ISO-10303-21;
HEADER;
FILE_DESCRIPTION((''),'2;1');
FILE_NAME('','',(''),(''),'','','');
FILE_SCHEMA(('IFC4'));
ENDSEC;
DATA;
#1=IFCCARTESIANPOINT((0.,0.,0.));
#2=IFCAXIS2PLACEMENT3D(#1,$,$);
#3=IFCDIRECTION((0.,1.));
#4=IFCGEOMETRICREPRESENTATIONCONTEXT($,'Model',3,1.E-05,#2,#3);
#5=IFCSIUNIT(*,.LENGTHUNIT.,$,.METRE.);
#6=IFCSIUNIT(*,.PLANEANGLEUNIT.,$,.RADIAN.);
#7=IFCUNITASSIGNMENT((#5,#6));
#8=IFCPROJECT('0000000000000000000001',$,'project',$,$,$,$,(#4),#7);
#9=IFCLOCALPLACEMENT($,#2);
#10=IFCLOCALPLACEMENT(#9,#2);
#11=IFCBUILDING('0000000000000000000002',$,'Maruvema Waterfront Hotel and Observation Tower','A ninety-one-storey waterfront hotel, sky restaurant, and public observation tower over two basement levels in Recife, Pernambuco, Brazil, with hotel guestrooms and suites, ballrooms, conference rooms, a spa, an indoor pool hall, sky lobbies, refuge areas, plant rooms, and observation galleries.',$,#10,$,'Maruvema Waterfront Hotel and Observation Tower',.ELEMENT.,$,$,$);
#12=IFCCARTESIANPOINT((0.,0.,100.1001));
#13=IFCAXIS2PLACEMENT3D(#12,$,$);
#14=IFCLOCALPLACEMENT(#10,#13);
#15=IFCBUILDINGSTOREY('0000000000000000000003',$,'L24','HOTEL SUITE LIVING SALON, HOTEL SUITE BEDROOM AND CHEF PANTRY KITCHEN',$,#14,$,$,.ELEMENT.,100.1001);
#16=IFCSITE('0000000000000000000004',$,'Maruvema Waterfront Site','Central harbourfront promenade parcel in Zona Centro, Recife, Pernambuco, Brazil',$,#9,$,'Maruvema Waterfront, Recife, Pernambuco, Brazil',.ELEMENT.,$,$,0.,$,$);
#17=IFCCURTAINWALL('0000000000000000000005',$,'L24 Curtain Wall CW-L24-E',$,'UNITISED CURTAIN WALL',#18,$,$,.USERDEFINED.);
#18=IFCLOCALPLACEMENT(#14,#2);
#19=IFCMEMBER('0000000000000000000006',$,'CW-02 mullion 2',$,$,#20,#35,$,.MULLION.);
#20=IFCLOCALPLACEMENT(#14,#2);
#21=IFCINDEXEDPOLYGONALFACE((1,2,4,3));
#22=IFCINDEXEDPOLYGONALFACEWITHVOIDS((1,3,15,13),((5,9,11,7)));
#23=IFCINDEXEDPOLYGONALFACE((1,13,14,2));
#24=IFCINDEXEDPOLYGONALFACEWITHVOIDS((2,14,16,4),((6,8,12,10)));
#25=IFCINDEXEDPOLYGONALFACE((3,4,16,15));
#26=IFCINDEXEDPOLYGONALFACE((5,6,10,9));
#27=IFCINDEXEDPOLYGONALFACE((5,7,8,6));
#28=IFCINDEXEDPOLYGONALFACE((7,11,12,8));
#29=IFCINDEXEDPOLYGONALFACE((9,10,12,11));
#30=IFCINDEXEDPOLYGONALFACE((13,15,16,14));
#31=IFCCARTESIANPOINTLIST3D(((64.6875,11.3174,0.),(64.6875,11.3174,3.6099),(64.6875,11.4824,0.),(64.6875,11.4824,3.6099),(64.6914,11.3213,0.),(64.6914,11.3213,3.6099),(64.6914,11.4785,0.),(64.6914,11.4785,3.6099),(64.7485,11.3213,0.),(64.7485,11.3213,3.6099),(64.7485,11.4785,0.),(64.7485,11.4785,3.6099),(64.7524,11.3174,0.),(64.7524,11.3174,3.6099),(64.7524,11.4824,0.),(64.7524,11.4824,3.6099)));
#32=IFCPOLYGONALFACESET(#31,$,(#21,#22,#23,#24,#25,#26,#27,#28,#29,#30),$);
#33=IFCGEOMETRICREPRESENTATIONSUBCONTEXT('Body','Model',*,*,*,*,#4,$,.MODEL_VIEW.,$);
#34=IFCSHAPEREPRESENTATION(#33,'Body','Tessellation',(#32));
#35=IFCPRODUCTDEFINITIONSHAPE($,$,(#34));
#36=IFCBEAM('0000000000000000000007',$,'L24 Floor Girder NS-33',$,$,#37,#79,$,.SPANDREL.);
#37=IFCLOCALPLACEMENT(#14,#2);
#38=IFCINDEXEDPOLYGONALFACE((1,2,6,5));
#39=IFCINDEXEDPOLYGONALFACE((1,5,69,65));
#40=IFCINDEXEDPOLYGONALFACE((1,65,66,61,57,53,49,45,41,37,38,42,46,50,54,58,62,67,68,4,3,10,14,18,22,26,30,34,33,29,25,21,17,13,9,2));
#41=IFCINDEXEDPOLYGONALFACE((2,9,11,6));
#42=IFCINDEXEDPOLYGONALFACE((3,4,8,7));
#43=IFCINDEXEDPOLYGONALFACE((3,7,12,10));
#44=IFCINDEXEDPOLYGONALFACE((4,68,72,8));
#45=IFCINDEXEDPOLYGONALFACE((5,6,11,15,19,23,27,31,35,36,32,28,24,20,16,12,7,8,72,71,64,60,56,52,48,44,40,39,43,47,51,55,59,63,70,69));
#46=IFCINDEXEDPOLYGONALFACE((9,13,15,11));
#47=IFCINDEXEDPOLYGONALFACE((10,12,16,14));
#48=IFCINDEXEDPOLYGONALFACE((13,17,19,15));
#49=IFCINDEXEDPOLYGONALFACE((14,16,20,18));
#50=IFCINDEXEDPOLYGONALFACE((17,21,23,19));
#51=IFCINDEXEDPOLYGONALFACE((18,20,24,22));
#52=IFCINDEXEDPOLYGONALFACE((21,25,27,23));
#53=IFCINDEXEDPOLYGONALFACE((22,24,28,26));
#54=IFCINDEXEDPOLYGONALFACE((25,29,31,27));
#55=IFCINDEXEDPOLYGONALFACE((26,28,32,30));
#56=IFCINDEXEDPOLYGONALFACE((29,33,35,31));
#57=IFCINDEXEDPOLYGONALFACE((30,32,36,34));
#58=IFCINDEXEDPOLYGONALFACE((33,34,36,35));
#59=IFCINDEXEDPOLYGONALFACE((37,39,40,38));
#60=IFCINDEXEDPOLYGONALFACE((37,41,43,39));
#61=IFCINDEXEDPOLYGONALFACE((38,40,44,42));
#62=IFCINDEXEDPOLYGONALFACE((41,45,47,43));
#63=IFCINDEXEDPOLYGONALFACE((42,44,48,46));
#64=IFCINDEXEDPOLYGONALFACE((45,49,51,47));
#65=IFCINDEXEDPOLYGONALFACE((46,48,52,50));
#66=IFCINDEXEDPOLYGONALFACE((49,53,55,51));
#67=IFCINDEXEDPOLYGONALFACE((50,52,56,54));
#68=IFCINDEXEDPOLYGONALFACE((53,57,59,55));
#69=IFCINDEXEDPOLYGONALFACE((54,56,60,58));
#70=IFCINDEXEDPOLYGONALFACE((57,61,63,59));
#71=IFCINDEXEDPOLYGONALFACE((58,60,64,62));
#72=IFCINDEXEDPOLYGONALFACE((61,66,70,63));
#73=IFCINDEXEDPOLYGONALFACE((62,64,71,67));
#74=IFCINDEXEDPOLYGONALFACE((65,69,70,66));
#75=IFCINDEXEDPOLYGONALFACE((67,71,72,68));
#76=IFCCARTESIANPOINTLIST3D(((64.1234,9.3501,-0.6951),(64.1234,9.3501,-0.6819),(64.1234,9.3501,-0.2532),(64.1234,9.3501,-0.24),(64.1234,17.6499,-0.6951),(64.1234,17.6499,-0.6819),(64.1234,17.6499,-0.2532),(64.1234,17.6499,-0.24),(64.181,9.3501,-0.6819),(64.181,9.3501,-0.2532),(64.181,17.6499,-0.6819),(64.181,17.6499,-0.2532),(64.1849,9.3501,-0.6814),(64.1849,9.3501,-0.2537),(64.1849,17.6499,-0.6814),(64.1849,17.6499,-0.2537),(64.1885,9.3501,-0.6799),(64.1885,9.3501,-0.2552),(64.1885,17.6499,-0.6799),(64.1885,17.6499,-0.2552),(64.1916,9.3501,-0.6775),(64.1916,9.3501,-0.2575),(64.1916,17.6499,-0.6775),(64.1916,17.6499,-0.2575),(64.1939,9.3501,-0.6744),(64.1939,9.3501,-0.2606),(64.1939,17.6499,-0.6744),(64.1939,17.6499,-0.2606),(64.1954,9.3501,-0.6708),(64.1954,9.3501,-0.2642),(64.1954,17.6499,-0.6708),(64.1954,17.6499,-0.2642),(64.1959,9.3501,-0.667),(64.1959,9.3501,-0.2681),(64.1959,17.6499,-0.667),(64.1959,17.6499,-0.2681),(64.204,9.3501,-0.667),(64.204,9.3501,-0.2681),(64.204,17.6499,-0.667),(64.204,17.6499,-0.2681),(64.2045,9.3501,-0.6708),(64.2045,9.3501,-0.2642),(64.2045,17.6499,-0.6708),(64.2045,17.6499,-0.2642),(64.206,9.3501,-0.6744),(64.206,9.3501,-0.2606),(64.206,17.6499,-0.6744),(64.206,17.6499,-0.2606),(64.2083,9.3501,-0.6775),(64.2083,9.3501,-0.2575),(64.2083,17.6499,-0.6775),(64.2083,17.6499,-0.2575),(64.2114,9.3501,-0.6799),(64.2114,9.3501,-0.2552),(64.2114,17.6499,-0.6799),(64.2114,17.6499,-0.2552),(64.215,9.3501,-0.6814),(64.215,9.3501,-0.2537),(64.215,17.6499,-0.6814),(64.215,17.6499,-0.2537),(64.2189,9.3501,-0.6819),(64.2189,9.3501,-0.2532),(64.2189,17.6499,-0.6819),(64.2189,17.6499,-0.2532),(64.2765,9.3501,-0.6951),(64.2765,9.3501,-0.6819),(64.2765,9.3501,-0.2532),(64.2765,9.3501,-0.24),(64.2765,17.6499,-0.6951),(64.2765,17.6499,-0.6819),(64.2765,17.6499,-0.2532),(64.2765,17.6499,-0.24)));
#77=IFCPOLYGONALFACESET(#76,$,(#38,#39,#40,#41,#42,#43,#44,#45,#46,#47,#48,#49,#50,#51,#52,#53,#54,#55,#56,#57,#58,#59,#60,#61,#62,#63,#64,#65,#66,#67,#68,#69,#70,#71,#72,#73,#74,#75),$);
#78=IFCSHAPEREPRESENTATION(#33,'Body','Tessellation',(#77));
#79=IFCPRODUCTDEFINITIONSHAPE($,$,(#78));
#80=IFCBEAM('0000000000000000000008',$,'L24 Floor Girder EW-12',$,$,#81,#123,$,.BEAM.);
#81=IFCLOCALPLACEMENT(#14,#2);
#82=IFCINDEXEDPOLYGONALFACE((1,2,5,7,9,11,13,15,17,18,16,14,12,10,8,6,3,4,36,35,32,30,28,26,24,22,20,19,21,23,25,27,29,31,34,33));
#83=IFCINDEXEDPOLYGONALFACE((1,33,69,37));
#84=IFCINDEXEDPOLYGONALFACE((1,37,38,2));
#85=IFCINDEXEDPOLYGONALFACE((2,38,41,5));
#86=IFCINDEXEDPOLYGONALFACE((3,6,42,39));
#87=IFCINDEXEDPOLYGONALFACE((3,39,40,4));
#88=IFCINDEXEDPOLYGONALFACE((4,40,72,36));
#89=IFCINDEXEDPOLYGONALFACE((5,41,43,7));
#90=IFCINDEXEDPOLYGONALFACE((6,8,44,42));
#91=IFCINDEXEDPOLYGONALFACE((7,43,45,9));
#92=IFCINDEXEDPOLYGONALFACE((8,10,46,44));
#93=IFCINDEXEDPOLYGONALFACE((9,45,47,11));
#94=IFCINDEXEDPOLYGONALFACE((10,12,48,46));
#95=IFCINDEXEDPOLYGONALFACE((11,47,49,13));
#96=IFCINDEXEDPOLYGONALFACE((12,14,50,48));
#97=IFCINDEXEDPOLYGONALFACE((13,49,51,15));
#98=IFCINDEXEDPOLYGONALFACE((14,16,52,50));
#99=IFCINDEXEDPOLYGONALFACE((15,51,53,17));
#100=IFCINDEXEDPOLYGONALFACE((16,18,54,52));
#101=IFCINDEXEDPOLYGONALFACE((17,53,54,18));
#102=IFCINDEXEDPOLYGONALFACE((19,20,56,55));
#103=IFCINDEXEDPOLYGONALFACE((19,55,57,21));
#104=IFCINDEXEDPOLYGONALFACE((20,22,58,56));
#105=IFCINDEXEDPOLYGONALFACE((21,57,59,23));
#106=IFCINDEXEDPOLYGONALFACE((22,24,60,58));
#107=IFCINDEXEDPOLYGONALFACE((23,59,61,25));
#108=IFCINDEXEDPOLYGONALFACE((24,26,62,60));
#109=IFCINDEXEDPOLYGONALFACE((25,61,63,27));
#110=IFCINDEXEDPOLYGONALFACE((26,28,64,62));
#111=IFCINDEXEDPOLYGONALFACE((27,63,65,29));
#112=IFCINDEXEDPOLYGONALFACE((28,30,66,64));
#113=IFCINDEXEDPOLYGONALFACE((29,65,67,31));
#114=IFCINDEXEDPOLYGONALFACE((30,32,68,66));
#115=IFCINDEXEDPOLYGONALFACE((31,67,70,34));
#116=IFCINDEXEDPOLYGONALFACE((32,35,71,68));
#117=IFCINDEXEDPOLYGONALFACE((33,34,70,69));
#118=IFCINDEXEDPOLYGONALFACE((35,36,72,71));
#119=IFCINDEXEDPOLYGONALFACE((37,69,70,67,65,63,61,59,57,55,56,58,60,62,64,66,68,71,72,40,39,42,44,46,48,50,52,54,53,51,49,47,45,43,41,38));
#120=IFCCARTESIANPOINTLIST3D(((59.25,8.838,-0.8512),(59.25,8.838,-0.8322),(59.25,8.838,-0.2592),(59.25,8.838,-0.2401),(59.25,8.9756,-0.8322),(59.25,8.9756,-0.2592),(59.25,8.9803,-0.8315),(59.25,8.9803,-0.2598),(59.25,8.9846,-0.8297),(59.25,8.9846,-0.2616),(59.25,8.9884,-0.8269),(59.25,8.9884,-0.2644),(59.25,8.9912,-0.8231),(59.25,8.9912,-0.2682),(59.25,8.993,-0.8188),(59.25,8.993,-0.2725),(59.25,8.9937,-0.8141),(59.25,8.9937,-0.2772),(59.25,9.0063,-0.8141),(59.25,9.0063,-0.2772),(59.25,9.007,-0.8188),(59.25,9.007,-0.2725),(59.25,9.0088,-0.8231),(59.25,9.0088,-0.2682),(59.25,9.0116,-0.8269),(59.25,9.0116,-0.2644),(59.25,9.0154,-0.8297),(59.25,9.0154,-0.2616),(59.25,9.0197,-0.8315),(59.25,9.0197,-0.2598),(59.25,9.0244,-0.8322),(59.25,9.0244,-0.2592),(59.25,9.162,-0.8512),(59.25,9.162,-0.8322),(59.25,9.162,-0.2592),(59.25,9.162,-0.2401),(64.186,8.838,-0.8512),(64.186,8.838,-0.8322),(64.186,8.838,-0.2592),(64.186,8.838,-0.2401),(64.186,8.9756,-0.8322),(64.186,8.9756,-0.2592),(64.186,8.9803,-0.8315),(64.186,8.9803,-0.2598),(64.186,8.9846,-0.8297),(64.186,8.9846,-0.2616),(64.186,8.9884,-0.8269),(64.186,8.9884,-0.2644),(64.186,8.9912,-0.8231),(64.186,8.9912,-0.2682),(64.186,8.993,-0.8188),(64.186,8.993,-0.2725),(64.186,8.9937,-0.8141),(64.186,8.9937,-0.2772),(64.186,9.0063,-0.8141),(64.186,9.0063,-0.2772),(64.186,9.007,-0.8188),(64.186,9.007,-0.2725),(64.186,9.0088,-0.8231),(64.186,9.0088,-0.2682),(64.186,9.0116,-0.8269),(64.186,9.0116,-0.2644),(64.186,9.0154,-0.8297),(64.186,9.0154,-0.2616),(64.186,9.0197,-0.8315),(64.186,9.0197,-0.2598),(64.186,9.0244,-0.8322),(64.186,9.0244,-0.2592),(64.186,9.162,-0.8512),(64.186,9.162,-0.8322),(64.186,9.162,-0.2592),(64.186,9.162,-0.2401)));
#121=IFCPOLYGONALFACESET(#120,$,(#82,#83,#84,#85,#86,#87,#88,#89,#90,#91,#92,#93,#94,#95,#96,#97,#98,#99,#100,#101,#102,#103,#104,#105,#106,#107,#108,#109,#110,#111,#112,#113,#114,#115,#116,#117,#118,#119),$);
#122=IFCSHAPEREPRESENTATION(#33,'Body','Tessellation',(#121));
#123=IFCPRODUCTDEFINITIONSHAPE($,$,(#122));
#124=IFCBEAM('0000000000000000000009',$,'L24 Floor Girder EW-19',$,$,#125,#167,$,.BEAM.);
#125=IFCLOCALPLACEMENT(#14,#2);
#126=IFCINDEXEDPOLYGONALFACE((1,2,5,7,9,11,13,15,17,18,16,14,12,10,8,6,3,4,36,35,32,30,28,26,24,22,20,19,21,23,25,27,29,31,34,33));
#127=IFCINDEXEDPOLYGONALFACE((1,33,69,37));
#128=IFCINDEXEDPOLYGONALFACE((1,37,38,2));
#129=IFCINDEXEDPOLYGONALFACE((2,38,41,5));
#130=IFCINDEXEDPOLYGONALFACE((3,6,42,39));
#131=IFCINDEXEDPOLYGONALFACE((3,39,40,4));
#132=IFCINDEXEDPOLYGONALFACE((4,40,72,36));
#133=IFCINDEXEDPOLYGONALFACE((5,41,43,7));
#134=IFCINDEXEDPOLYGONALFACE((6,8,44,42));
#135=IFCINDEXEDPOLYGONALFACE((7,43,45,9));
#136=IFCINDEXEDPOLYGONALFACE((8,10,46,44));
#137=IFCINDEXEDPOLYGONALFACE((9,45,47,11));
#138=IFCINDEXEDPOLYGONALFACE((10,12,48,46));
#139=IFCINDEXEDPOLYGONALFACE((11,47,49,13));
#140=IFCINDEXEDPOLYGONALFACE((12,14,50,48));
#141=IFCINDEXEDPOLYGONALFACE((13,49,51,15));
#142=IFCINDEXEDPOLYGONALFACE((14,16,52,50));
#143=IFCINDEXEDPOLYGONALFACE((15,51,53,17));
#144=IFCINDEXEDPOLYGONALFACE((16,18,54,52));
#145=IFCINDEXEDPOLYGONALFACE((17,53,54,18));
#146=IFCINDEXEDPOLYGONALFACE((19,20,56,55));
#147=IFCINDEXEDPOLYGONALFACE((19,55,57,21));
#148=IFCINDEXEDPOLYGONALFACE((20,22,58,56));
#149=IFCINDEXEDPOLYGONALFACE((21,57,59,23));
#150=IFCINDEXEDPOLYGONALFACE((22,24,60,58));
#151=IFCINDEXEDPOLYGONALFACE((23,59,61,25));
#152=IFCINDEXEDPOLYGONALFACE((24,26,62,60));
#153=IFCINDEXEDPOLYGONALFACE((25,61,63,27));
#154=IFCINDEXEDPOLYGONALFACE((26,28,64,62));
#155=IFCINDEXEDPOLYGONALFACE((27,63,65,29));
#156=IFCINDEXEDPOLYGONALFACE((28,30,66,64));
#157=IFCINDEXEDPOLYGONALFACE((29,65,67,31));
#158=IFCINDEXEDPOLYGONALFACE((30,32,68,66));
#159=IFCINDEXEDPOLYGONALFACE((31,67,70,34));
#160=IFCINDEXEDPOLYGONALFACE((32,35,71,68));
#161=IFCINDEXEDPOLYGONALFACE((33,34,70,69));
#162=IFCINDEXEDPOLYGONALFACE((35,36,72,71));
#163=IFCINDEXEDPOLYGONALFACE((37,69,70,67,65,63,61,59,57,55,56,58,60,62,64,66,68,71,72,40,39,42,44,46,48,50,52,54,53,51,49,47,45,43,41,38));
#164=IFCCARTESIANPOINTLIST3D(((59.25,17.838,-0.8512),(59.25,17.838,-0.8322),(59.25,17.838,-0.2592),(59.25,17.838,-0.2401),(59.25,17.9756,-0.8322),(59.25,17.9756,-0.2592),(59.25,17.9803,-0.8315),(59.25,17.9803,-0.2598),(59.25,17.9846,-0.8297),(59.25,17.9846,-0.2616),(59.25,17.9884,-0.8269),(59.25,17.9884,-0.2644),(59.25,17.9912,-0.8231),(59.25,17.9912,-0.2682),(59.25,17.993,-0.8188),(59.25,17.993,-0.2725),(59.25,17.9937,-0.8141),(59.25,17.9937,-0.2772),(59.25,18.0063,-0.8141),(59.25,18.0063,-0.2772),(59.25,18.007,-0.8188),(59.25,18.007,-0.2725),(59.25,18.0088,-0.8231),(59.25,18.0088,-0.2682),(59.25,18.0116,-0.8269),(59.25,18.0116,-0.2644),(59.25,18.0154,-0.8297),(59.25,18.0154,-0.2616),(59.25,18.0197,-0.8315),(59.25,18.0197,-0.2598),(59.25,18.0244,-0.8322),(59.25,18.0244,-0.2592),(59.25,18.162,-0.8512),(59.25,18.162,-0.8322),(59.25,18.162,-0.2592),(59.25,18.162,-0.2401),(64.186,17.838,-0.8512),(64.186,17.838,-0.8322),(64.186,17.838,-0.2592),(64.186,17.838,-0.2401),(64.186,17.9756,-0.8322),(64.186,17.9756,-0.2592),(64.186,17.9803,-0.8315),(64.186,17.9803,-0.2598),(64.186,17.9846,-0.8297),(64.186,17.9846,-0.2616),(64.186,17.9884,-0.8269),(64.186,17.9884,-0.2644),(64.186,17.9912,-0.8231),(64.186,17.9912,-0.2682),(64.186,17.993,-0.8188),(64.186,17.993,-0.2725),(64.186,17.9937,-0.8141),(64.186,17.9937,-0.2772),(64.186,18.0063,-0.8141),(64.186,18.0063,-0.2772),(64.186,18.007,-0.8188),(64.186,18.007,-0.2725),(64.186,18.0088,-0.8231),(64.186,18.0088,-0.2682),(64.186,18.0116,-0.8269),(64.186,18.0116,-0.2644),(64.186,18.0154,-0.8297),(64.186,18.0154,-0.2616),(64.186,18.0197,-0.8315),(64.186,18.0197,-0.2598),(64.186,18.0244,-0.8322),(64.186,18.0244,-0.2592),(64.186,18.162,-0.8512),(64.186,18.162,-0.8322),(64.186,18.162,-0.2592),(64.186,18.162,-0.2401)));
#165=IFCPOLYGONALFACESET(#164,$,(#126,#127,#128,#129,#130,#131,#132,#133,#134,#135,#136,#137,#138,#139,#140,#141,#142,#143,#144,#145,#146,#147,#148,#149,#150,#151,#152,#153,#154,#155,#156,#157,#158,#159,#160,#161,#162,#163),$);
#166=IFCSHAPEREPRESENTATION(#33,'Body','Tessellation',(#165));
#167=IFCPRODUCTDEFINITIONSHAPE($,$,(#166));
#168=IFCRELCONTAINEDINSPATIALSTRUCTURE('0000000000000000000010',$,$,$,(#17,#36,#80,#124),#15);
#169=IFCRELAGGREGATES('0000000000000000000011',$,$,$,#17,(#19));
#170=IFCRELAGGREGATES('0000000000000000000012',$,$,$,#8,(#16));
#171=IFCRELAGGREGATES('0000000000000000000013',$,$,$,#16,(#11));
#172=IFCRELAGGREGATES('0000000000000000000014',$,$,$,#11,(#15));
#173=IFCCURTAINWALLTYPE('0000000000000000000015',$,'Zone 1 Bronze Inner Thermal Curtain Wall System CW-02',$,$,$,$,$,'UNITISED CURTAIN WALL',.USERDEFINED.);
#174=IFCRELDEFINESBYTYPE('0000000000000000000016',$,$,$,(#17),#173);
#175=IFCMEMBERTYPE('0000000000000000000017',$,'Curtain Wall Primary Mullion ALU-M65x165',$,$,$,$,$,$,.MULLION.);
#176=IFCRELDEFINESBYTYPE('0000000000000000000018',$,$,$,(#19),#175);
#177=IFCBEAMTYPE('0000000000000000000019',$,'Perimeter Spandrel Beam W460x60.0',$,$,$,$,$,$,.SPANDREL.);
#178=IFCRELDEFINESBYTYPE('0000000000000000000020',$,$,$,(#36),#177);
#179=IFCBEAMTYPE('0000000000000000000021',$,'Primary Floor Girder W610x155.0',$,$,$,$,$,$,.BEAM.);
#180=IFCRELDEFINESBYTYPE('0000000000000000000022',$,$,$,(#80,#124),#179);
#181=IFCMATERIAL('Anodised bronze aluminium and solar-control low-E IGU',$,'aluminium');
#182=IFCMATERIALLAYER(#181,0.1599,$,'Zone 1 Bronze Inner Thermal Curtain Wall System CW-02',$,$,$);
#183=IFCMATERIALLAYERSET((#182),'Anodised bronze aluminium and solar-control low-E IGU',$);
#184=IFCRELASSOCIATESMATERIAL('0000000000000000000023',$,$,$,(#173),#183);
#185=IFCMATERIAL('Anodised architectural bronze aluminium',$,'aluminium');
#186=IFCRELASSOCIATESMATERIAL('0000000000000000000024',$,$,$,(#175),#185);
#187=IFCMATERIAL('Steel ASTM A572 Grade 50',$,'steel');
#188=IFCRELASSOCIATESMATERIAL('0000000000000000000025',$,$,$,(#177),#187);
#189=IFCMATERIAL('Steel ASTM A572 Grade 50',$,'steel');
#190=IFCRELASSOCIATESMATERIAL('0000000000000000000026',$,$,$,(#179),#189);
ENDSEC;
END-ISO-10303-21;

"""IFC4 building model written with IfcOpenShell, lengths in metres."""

from ifc_helpers import new_model, si_unit, direction, frame, origin, origin_2d, place, context, subcontext, project, spatial, hollow_rectangle, i_section, extrude, material, layer, layer_set, material_profile, profile_set, type_object, element, aggregate, save


model = new_model("IFC4")

# Units and contexts
model_context = context("Model", 3, precision=1e-05, world=origin(), true_north=direction((0.0, 1.0)))
body_context = subcontext(model_context, "Body", "Model", "MODEL_VIEW")
ifc_project = project(units=[si_unit("LENGTHUNIT", "METRE"), si_unit("PLANEANGLEUNIT", "RADIAN")], contexts=[model_context])

# Site, building, storey
site_placement = place(None, origin())
site = spatial("IfcSite", under=ifc_project, at=site_placement, Name="Maruvema Waterfront Site", Description="Central harbourfront promenade parcel in Zona Centro, Recife, Pernambuco, Brazil", LongName="Maruvema Waterfront, Recife, Pernambuco, Brazil", CompositionType="ELEMENT", RefElevation=0.0)
building_placement = place(site_placement, origin())
building = spatial("IfcBuilding", under=site, at=building_placement, Name="Maruvema Waterfront Hotel and Observation Tower", Description="A ninety-one-storey waterfront hotel, sky restaurant, and public observation tower over two basement levels in Recife, Pernambuco, Brazil, with hotel guestrooms and suites, ballrooms, conference rooms, a spa, an indoor pool hall, sky lobbies, refuge areas, plant rooms, and observation galleries.", LongName="Maruvema Waterfront Hotel and Observation Tower", CompositionType="ELEMENT")
storey_placement = place(building_placement, frame((0.0, 0.0, 100.1001)))
storey = spatial("IfcBuildingStorey", under=building, at=storey_placement, Name="L24", Description="HOTEL SUITE LIVING SALON, HOTEL SUITE BEDROOM AND CHEF PANTRY KITCHEN", CompositionType="ELEMENT", Elevation=100.1001)

# Curtain wall
ifc_material_1 = material(Name="Anodised bronze aluminium and solar-control low-E IGU", Category="aluminium")
ifc_layer_1 = layer(ifc_material_1, 0.1599, Name="Zone 1 Bronze Inner Thermal Curtain Wall System CW-02")
ifc_layer_set_1 = layer_set([ifc_layer_1], Name="Anodised bronze aluminium and solar-control low-E IGU")
curtain_wall_type = type_object("IfcCurtainWallType", Name="Zone 1 Bronze Inner Thermal Curtain Wall System CW-02", ElementType="UNITISED CURTAIN WALL", PredefinedType="USERDEFINED", material=ifc_layer_set_1)
curtain_wall_1_placement = place(storey_placement, origin())
curtain_wall_1 = element("IfcCurtainWall", 1, at=curtain_wall_1_placement, inside=storey, type_object=curtain_wall_type, Name="L24 Curtain Wall CW-L24-E", ObjectType="UNITISED CURTAIN WALL", PredefinedType="USERDEFINED")

# Shared definitions
ifc_material_2 = material(Name="Anodised architectural bronze aluminium", Category="aluminium")
ifc_material_profile_1 = material_profile(ifc_material_2, hollow_rectangle(XDim=0.0649, YDim=0.165, WallThickness=0.0039, at=origin_2d()), Name="ALU-M65x165")
ifc_profile_set_1 = profile_set([ifc_material_profile_1], Name="Anodised architectural bronze aluminium")
member_type_1 = type_object("IfcMemberType", Name="Curtain Wall Primary Mullion ALU-M65x165", PredefinedType="MULLION", material=ifc_profile_set_1)

# Member
member_1_placement = place(storey_placement, frame((64.72, 11.3999, 0.0), z_axis=(0.0, 0.0, 1.0), x_axis=(-1.0, 0.0, 0.0)))
member_1 = element("IfcMember", 2, at=member_1_placement, type_object=member_type_1, Name="CW-02 mullion 2", PredefinedType="MULLION", context=body_context, shape_type="SweptSolid", body=[
    extrude(hollow_rectangle(XDim=0.0649, YDim=0.165, WallThickness=0.0039, at=origin_2d()), origin(), (0.0, 0.0, 1.0), 3.6099),
])

# Beams
ifc_material_3 = material(Name="Steel ASTM A572 Grade 50", Category="steel")
ifc_material_profile_2 = material_profile(ifc_material_3, i_section(OverallWidth=0.1531, OverallDepth=0.4551, WebThickness=0.0081, FlangeThickness=0.0132, FilletRadius=0.0149, at=origin_2d()), Name="W460x60.0")
ifc_profile_set_2 = profile_set([ifc_material_profile_2], Name="Steel ASTM A572 Grade 50")
beam_type_1 = type_object("IfcBeamType", Name="Perimeter Spandrel Beam W460x60.0", PredefinedType="SPANDREL", material=ifc_profile_set_2)
beam_1_placement = place(storey_placement, frame((64.2, 9.3501, -0.4675), z_axis=(0.0, 1.0, 0.0), x_axis=(-1.0, 0.0, 0.0)))
element("IfcBeam", 3, at=beam_1_placement, inside=storey, type_object=beam_type_1, Name="L24 Floor Girder NS-33", PredefinedType="SPANDREL", context=body_context, shape_type="SweptSolid", body=[
    extrude(i_section(OverallWidth=0.1531, OverallDepth=0.4551, WebThickness=0.0081, FlangeThickness=0.0132, FilletRadius=0.0149, at=origin_2d()), origin(), (0.0, 0.0, 1.0), 8.2998),
])
ifc_material_4 = material(Name="Steel ASTM A572 Grade 50", Category="steel")
ifc_material_profile_3 = material_profile(ifc_material_4, i_section(OverallWidth=0.324, OverallDepth=0.6111, WebThickness=0.0127, FlangeThickness=0.019, FilletRadius=0.0181, at=origin_2d()), Name="W610x155.0")
ifc_profile_set_3 = profile_set([ifc_material_profile_3], Name="Steel ASTM A572 Grade 50")
beam_type_2 = type_object("IfcBeamType", Name="Primary Floor Girder W610x155.0", PredefinedType="BEAM", material=ifc_profile_set_3)
for number, where, z_axis, x_axis, name in (
    (4, (59.25, 9.0, -0.5457), (1.0, 0.0, 0.0), (0.0, 1.0, 0.0), "L24 Floor Girder EW-12"),
    (5, (59.25, 18.0, -0.5457), (1.0, 0.0, 0.0), (0.0, 1.0, 0.0), "L24 Floor Girder EW-19"),
):
    element("IfcBeam", number, at=place(storey_placement, frame(where, z_axis=z_axis, x_axis=x_axis)), inside=storey, type_object=beam_type_2, Name=name, PredefinedType="BEAM", context=body_context, shape_type="SweptSolid", body=[
        extrude(i_section(OverallWidth=0.324, OverallDepth=0.6111, WebThickness=0.0127, FlangeThickness=0.019, FilletRadius=0.0181, at=origin_2d()), origin(), (0.0, 0.0, 1.0), 4.936),
    ])

aggregate(curtain_wall_1, [member_1])

save(model, "model.ifc")
